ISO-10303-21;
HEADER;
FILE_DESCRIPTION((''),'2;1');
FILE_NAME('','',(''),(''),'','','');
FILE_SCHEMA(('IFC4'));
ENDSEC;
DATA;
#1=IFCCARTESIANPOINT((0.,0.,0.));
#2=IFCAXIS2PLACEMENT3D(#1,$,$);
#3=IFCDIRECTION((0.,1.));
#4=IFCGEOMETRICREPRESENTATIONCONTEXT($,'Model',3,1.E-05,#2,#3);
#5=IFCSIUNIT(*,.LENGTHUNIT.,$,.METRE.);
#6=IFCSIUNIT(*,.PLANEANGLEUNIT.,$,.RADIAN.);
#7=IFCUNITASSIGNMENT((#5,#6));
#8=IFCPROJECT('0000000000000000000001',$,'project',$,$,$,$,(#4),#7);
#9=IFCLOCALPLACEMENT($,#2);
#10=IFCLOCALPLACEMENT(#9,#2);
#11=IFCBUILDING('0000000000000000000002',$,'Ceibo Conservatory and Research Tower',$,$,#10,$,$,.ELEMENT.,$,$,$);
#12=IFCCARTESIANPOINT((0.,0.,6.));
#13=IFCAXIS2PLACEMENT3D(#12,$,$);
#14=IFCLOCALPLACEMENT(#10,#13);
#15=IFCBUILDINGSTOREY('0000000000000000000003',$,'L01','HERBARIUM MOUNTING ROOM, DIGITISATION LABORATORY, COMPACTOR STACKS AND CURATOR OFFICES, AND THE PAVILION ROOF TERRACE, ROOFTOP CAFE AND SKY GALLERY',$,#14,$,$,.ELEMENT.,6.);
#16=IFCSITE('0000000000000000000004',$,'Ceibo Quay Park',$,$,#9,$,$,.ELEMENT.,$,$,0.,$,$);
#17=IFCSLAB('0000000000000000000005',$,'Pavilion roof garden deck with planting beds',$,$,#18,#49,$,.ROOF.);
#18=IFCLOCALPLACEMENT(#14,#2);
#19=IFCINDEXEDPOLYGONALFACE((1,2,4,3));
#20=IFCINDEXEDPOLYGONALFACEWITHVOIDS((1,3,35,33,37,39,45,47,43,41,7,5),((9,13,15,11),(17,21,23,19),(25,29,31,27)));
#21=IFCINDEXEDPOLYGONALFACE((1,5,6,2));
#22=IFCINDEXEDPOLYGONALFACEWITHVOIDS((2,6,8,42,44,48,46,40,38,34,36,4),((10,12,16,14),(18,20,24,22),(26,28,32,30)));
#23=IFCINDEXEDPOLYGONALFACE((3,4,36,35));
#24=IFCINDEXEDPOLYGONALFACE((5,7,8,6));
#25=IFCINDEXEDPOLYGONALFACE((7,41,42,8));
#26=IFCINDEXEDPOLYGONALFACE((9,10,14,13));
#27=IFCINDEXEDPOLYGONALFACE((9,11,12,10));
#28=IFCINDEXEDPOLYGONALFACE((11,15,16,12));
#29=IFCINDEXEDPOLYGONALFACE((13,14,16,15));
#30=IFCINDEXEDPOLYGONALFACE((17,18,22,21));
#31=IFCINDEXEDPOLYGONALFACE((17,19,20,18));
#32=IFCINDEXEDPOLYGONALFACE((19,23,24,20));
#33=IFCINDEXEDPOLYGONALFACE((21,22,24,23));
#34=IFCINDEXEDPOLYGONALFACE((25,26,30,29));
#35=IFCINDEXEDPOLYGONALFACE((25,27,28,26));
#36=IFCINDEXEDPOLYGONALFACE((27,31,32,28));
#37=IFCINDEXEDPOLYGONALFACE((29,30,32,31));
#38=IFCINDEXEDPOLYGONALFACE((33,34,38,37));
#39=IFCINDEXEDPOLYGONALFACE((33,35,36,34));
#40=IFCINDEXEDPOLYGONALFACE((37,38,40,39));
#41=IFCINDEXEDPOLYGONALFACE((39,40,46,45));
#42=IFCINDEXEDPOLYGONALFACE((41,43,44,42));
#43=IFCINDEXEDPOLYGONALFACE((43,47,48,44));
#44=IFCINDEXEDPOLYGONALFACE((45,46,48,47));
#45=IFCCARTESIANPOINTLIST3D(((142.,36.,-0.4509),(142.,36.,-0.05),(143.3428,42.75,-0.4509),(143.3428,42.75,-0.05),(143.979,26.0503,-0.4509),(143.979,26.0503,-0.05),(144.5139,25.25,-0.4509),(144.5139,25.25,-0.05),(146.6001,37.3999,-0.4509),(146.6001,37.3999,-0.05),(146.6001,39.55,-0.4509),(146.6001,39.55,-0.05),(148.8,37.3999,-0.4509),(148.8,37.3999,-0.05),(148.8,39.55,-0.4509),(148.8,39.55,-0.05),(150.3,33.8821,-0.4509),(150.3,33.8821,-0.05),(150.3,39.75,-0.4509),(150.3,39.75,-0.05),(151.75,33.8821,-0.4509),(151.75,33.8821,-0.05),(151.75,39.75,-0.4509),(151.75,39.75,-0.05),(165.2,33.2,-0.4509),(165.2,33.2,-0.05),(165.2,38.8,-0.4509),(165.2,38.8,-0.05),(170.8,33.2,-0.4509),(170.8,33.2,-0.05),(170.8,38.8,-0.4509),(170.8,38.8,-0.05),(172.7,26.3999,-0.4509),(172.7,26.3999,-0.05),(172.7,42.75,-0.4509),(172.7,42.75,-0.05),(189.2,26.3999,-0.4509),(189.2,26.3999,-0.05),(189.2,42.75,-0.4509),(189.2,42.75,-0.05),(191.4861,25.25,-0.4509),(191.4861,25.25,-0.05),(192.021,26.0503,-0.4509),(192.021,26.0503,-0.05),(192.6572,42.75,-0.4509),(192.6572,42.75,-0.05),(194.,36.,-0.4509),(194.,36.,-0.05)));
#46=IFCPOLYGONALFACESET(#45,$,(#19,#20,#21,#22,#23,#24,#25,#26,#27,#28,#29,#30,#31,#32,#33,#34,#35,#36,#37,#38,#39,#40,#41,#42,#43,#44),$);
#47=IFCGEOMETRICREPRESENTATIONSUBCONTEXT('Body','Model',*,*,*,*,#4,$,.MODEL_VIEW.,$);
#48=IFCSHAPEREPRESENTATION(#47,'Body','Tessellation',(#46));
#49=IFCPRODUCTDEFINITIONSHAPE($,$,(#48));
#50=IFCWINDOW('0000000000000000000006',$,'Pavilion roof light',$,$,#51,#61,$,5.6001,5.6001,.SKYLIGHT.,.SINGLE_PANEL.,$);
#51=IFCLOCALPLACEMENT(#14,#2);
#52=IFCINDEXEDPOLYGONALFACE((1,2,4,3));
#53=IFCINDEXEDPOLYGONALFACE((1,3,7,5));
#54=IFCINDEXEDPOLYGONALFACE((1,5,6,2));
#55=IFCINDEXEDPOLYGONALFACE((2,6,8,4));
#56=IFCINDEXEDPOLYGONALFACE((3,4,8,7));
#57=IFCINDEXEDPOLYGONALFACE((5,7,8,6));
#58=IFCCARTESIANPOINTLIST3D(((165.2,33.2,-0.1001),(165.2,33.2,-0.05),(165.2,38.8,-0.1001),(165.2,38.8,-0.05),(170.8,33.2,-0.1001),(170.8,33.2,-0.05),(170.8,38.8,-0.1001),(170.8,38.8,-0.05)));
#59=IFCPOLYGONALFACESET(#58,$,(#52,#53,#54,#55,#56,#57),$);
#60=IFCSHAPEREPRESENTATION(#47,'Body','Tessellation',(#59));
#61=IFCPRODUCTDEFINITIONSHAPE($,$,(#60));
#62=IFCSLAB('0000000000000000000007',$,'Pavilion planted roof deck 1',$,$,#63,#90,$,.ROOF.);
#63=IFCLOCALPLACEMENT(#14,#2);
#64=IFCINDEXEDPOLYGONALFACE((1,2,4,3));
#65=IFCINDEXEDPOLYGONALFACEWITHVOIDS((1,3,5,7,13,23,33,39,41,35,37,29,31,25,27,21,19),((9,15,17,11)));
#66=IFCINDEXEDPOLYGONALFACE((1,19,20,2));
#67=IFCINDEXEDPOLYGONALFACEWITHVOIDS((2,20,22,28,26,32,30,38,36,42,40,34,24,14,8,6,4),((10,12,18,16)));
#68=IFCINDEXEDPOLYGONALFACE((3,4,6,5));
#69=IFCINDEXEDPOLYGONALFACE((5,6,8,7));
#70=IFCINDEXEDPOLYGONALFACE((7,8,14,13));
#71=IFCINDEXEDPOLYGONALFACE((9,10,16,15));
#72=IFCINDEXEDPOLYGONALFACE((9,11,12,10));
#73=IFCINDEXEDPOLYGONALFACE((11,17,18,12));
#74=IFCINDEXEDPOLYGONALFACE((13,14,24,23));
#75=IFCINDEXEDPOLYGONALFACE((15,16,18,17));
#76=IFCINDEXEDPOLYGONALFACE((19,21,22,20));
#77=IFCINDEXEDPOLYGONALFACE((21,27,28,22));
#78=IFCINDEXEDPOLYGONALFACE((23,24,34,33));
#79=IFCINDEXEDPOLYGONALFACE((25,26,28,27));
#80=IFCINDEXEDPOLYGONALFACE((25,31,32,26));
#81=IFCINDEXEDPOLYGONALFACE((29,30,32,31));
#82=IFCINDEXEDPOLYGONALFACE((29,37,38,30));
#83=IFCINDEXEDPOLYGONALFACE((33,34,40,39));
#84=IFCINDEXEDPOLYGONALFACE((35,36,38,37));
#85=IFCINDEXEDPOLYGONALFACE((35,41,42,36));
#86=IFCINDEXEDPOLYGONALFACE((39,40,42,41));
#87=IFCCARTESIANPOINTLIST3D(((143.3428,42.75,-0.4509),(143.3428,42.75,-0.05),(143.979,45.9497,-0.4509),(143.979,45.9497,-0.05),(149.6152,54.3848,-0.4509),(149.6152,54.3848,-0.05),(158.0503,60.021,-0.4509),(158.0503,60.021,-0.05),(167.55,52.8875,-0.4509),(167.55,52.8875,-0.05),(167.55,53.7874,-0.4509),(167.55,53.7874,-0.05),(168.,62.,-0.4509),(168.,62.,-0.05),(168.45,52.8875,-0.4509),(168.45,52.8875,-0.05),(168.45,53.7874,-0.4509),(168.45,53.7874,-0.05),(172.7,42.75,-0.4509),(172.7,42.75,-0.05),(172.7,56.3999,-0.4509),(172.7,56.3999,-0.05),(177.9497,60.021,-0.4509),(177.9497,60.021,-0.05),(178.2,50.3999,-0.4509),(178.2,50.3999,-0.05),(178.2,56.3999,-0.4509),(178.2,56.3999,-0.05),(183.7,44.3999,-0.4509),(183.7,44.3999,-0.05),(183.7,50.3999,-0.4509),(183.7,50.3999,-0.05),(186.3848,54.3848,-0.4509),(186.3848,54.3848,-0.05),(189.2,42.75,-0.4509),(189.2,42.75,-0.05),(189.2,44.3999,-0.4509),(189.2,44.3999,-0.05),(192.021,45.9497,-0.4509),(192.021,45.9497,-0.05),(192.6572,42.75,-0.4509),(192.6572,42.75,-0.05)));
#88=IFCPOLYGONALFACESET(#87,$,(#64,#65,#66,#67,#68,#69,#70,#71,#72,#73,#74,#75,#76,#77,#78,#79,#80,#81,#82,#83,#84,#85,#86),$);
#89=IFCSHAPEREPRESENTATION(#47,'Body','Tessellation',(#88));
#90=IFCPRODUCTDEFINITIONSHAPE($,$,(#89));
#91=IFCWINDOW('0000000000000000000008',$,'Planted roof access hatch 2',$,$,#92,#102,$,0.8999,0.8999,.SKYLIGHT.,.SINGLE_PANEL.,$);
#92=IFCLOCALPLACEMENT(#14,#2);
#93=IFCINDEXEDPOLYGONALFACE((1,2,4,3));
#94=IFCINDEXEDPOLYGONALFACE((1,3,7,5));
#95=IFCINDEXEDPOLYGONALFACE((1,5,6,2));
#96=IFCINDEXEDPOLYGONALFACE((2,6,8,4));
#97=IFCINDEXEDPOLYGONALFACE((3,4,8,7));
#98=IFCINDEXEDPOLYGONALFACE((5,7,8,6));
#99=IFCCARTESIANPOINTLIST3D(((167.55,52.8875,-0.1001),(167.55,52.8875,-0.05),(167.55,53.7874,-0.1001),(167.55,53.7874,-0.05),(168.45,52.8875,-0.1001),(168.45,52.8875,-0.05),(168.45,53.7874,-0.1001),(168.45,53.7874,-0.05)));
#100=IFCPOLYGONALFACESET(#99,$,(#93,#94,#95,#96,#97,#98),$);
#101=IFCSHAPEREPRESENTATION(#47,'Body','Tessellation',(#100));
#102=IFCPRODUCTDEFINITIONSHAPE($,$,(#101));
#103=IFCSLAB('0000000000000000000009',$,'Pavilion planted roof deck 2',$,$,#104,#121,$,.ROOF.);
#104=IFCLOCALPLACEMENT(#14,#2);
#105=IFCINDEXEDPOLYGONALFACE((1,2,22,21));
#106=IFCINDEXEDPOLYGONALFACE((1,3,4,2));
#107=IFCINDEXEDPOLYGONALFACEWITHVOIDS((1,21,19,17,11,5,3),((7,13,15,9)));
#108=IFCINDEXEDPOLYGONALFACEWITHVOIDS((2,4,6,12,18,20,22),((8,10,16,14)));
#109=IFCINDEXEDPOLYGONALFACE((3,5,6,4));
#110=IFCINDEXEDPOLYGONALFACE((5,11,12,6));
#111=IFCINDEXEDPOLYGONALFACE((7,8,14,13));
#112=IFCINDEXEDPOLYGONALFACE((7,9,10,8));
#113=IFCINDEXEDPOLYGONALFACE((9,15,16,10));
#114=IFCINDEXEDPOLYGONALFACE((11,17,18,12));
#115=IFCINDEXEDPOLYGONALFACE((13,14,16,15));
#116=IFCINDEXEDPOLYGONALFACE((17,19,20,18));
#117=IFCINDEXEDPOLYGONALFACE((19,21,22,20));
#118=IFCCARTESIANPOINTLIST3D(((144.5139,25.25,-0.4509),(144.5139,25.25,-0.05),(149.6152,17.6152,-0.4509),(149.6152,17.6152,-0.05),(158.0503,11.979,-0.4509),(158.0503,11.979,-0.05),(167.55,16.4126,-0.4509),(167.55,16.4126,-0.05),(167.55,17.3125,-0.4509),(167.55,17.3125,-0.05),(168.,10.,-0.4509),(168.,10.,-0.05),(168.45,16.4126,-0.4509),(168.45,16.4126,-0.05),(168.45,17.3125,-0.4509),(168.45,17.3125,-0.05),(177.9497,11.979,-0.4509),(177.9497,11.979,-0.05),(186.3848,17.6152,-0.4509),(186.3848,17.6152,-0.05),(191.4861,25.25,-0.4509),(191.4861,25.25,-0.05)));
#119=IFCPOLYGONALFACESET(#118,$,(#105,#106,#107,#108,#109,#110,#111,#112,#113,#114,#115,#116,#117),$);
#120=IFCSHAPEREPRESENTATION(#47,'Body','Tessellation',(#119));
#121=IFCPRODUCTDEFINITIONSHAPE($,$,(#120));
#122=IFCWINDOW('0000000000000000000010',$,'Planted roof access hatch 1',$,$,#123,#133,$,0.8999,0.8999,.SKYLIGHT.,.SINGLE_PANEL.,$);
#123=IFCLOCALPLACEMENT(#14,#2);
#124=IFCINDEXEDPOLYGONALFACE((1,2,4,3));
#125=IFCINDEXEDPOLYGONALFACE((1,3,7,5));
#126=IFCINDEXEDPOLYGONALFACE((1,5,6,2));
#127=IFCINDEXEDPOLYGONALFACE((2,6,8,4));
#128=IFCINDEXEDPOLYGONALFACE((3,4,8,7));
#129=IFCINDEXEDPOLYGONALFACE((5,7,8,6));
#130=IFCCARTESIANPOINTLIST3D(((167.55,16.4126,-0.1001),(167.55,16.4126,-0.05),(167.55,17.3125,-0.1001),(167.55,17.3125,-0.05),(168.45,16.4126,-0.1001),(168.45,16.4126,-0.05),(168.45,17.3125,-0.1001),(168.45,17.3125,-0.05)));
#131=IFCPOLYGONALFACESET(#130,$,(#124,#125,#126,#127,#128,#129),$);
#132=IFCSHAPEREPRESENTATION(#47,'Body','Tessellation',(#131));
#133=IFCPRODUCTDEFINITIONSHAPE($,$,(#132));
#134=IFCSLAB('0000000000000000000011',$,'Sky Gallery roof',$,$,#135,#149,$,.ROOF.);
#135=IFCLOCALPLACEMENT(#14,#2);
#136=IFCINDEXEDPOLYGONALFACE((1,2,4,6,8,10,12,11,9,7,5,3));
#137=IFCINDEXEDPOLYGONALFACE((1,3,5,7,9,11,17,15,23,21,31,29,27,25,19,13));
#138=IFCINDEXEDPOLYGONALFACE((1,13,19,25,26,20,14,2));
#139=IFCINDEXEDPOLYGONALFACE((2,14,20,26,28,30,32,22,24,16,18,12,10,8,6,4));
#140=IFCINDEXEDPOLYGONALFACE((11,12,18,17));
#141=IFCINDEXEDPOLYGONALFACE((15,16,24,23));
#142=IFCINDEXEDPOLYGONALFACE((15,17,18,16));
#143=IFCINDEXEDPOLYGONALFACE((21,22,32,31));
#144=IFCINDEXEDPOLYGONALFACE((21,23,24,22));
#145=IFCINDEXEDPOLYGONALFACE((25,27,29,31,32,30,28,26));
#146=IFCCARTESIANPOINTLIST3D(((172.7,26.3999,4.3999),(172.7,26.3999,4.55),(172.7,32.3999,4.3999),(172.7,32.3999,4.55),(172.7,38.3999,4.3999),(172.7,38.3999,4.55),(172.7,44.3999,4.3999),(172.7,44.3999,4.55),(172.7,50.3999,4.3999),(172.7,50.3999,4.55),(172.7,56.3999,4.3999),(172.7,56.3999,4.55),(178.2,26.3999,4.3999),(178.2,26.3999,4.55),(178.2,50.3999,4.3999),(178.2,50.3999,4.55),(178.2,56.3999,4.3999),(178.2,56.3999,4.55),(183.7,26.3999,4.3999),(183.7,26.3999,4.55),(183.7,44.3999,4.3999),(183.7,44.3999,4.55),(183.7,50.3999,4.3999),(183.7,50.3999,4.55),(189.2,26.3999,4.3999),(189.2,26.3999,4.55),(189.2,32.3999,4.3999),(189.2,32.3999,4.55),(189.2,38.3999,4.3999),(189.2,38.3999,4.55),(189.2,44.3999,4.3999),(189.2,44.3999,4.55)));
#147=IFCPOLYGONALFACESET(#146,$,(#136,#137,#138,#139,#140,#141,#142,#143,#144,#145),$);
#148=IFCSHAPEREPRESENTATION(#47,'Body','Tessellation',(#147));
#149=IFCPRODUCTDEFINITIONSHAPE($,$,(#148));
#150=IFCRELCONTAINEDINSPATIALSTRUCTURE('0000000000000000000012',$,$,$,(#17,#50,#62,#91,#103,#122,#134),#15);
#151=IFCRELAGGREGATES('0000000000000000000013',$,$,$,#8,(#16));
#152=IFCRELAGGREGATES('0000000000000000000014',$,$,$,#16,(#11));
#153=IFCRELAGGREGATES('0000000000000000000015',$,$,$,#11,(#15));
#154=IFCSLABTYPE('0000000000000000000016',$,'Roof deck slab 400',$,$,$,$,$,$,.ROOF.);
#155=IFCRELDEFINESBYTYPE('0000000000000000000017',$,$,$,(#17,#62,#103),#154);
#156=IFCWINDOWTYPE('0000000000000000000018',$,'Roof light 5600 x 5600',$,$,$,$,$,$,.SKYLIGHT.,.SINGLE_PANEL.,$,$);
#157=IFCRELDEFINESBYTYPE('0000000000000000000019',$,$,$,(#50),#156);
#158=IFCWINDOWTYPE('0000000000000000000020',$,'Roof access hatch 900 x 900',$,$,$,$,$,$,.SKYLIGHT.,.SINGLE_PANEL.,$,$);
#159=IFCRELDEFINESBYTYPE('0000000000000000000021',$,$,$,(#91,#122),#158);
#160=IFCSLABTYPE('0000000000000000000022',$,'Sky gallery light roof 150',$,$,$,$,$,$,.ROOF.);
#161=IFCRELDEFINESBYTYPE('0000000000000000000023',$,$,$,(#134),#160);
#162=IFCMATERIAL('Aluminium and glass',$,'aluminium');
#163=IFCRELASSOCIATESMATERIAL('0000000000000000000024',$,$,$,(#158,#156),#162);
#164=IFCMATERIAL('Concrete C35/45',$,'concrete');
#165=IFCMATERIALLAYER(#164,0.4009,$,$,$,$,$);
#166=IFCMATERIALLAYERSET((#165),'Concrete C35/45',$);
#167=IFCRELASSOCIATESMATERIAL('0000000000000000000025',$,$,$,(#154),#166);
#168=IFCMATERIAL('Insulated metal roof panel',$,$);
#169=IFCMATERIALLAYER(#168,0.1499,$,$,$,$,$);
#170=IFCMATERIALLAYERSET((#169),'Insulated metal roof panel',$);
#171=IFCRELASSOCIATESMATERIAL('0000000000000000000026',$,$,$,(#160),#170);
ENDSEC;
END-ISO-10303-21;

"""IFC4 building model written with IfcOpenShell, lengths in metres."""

from ifc_helpers import new_model, si_unit, direction, frame, origin, origin_2d, place, context, subcontext, project, spatial, polyline, rectangle, outline, extrude, material, layer, layer_set, type_object, element, fill, save


model = new_model("IFC4")

# Units and contexts
model_context = context("Model", 3, precision=1e-05, world=origin(), true_north=direction((0.0, 1.0)))
body_context = subcontext(model_context, "Body", "Model", "MODEL_VIEW")
ifc_project = project(units=[si_unit("LENGTHUNIT", "METRE"), si_unit("PLANEANGLEUNIT", "RADIAN")], contexts=[model_context])

# Site, building, storey
site_placement = place(None, origin())
site = spatial("IfcSite", under=ifc_project, at=site_placement, Name="Ceibo Quay Park", CompositionType="ELEMENT", RefElevation=0.0)
building_placement = place(site_placement, origin())
building = spatial("IfcBuilding", under=site, at=building_placement, Name="Ceibo Conservatory and Research Tower", CompositionType="ELEMENT")
storey_placement = place(building_placement, frame((0.0, 0.0, 6.0)))
storey = spatial("IfcBuildingStorey", under=building, at=storey_placement, Name="L01", Description="HERBARIUM MOUNTING ROOM, DIGITISATION LABORATORY, COMPACTOR STACKS AND CURATOR OFFICES, AND THE PAVILION ROOF TERRACE, ROOFTOP CAFE AND SKY GALLERY", CompositionType="ELEMENT", Elevation=6.0)

# Shared definitions
ifc_material_1 = material(Name="Concrete C35/45", Category="concrete")

# Slabs, openings, windows
ifc_material_2 = material(Name="Aluminium and glass", Category="aluminium")
window_type_1 = type_object("IfcWindowType", Name="Roof access hatch 900 x 900", PartitioningType="SINGLE_PANEL", PredefinedType="SKYLIGHT", material=ifc_material_2)
ifc_layer_1 = layer(ifc_material_1, 0.4009)
ifc_layer_set_1 = layer_set([ifc_layer_1], Name="Concrete C35/45")
slab_type_1 = type_object("IfcSlabType", Name="Roof deck slab 400", PredefinedType="ROOF", material=ifc_layer_set_1)
slab_1_placement = place(storey_placement, frame((0.0, 0.0, -0.4509)))
slab_1 = element("IfcSlab", 1, at=slab_1_placement, inside=storey, type_object=slab_type_1, Name="Pavilion roof garden deck with planting beds", PredefinedType="ROOF", context=body_context, shape_type="SweptSolid", body=[
    extrude(outline(polyline([(191.4861, 25.25), (144.5139, 25.25), (143.979, 26.0503), (142.0, 36.0), (143.3428, 42.75), (172.7, 42.75), (172.7, 26.3999), (189.2, 26.3999), (189.2, 42.75), (192.6572, 42.75), (194.0, 36.0), (192.021, 26.0503), (191.4861, 25.25)]), holes=[polyline([(151.75, 33.8821), (151.75, 39.75), (150.3, 39.75), (150.3, 33.8821), (151.75, 33.8821)]), polyline([(148.8, 37.3999), (148.8, 39.55), (146.6001, 39.55), (146.6001, 37.3999), (148.8, 37.3999)])]), origin(), (0.0, 0.0, 1.0), 0.4009),
])
opening_1_placement = place(slab_1_placement, frame((168.0, 36.0, 0.0)))
opening_1 = element("IfcOpeningElement", 2, at=opening_1_placement, cuts=slab_1, PredefinedType="OPENING", context=body_context, shape_type="SweptSolid", body=[
    extrude(rectangle(XDim=5.6001, YDim=5.6001, at=origin_2d()), origin(), (0.0, 0.0, 1.0), 0.4009),
])
window_type_2 = type_object("IfcWindowType", Name="Roof light 5600 x 5600", PartitioningType="SINGLE_PANEL", PredefinedType="SKYLIGHT", material=ifc_material_2)
window_1_placement = place(opening_1_placement, frame((0.0, 0.0, 0.3508)))
window_1 = element("IfcWindow", 3, at=window_1_placement, inside=storey, type_object=window_type_2, Name="Pavilion roof light", OverallHeight=5.6001, OverallWidth=5.6001, PartitioningType="SINGLE_PANEL", PredefinedType="SKYLIGHT", context=body_context, shape_type="SweptSolid", body=[
    extrude(rectangle(XDim=5.6001, YDim=5.6001, at=origin_2d()), origin(), (0.0, 0.0, 1.0), 0.05),
])
fill(opening_1, window_1)
slab_2_placement = place(storey_placement, frame((0.0, 0.0, -0.4509)))
slab_2 = element("IfcSlab", 4, at=slab_2_placement, inside=storey, type_object=slab_type_1, Name="Pavilion planted roof deck 1", PredefinedType="ROOF", context=body_context, shape_type="SweptSolid", body=[
    extrude(outline(polyline([(149.6152, 54.3848), (158.0503, 60.021), (168.0, 62.0), (177.9497, 60.021), (186.3848, 54.3848), (192.021, 45.9497), (192.6572, 42.75), (189.2, 42.75), (189.2, 44.3999), (183.7, 44.3999), (183.7, 50.3999), (178.2, 50.3999), (178.2, 56.3999), (172.7, 56.3999), (172.7, 42.75), (143.3428, 42.75), (143.979, 45.9497), (149.6152, 54.3848)])), origin(), (0.0, 0.0, 1.0), 0.4009),
])
opening_2_placement = place(slab_2_placement, frame((168.0, 53.3374, 0.0)))
opening_2 = element("IfcOpeningElement", 5, at=opening_2_placement, cuts=slab_2, PredefinedType="OPENING", context=body_context, shape_type="SweptSolid", body=[
    extrude(rectangle(XDim=0.8999, YDim=0.8999, at=origin_2d()), origin(), (0.0, 0.0, 1.0), 0.4009),
])
window_2_placement = place(opening_2_placement, frame((0.0, 0.0, 0.3508)))
window_2 = element("IfcWindow", 6, at=window_2_placement, inside=storey, type_object=window_type_1, Name="Planted roof access hatch 2", OverallHeight=0.8999, OverallWidth=0.8999, PartitioningType="SINGLE_PANEL", PredefinedType="SKYLIGHT", context=body_context, shape_type="SweptSolid", body=[
    extrude(rectangle(XDim=0.8999, YDim=0.8999, at=origin_2d()), origin(), (0.0, 0.0, 1.0), 0.05),
])
fill(opening_2, window_2)
slab_3_placement = place(storey_placement, frame((0.0, 0.0, -0.4509)))
slab_3 = element("IfcSlab", 7, at=slab_3_placement, inside=storey, type_object=slab_type_1, Name="Pavilion planted roof deck 2", PredefinedType="ROOF", context=body_context, shape_type="SweptSolid", body=[
    extrude(outline(polyline([(177.9497, 11.979), (168.0, 10.0), (158.0503, 11.979), (149.6152, 17.6152), (144.5139, 25.25), (191.4861, 25.25), (186.3848, 17.6152), (177.9497, 11.979)])), origin(), (0.0, 0.0, 1.0), 0.4009),
])
opening_3_placement = place(slab_3_placement, frame((168.0, 16.8625, 0.0)))
opening_3 = element("IfcOpeningElement", 8, at=opening_3_placement, cuts=slab_3, PredefinedType="OPENING", context=body_context, shape_type="SweptSolid", body=[
    extrude(rectangle(XDim=0.8999, YDim=0.8999, at=origin_2d()), origin(), (0.0, 0.0, 1.0), 0.4009),
])
window_3_placement = place(opening_3_placement, frame((0.0, 0.0, 0.3508)))
window_3 = element("IfcWindow", 9, at=window_3_placement, inside=storey, type_object=window_type_1, Name="Planted roof access hatch 1", OverallHeight=0.8999, OverallWidth=0.8999, PartitioningType="SINGLE_PANEL", PredefinedType="SKYLIGHT", context=body_context, shape_type="SweptSolid", body=[
    extrude(rectangle(XDim=0.8999, YDim=0.8999, at=origin_2d()), origin(), (0.0, 0.0, 1.0), 0.05),
])
fill(opening_3, window_3)

# Slab
ifc_material_3 = material(Name="Insulated metal roof panel")
ifc_layer_2 = layer(ifc_material_3, 0.1499)
ifc_layer_set_2 = layer_set([ifc_layer_2], Name="Insulated metal roof panel")
slab_type_2 = type_object("IfcSlabType", Name="Sky gallery light roof 150", PredefinedType="ROOF", material=ifc_layer_set_2)
slab_4_placement = place(storey_placement, frame((0.0, 0.0, 4.3999)))
element("IfcSlab", 10, at=slab_4_placement, inside=storey, type_object=slab_type_2, Name="Sky Gallery roof", PredefinedType="ROOF", context=body_context, shape_type="SweptSolid", body=[
    extrude(outline(polyline([(172.7, 38.3999), (172.7, 44.3999), (172.7, 50.3999), (172.7, 56.3999), (178.2, 56.3999), (178.2, 50.3999), (183.7, 50.3999), (183.7, 44.3999), (189.2, 44.3999), (189.2, 38.3999), (189.2, 32.3999), (189.2, 26.3999), (183.7, 26.3999), (178.2, 26.3999), (172.7, 26.3999), (172.7, 32.3999), (172.7, 38.3999)])), origin(), (0.0, 0.0, 1.0), 0.1501),
])

save(model, "model.ifc")
